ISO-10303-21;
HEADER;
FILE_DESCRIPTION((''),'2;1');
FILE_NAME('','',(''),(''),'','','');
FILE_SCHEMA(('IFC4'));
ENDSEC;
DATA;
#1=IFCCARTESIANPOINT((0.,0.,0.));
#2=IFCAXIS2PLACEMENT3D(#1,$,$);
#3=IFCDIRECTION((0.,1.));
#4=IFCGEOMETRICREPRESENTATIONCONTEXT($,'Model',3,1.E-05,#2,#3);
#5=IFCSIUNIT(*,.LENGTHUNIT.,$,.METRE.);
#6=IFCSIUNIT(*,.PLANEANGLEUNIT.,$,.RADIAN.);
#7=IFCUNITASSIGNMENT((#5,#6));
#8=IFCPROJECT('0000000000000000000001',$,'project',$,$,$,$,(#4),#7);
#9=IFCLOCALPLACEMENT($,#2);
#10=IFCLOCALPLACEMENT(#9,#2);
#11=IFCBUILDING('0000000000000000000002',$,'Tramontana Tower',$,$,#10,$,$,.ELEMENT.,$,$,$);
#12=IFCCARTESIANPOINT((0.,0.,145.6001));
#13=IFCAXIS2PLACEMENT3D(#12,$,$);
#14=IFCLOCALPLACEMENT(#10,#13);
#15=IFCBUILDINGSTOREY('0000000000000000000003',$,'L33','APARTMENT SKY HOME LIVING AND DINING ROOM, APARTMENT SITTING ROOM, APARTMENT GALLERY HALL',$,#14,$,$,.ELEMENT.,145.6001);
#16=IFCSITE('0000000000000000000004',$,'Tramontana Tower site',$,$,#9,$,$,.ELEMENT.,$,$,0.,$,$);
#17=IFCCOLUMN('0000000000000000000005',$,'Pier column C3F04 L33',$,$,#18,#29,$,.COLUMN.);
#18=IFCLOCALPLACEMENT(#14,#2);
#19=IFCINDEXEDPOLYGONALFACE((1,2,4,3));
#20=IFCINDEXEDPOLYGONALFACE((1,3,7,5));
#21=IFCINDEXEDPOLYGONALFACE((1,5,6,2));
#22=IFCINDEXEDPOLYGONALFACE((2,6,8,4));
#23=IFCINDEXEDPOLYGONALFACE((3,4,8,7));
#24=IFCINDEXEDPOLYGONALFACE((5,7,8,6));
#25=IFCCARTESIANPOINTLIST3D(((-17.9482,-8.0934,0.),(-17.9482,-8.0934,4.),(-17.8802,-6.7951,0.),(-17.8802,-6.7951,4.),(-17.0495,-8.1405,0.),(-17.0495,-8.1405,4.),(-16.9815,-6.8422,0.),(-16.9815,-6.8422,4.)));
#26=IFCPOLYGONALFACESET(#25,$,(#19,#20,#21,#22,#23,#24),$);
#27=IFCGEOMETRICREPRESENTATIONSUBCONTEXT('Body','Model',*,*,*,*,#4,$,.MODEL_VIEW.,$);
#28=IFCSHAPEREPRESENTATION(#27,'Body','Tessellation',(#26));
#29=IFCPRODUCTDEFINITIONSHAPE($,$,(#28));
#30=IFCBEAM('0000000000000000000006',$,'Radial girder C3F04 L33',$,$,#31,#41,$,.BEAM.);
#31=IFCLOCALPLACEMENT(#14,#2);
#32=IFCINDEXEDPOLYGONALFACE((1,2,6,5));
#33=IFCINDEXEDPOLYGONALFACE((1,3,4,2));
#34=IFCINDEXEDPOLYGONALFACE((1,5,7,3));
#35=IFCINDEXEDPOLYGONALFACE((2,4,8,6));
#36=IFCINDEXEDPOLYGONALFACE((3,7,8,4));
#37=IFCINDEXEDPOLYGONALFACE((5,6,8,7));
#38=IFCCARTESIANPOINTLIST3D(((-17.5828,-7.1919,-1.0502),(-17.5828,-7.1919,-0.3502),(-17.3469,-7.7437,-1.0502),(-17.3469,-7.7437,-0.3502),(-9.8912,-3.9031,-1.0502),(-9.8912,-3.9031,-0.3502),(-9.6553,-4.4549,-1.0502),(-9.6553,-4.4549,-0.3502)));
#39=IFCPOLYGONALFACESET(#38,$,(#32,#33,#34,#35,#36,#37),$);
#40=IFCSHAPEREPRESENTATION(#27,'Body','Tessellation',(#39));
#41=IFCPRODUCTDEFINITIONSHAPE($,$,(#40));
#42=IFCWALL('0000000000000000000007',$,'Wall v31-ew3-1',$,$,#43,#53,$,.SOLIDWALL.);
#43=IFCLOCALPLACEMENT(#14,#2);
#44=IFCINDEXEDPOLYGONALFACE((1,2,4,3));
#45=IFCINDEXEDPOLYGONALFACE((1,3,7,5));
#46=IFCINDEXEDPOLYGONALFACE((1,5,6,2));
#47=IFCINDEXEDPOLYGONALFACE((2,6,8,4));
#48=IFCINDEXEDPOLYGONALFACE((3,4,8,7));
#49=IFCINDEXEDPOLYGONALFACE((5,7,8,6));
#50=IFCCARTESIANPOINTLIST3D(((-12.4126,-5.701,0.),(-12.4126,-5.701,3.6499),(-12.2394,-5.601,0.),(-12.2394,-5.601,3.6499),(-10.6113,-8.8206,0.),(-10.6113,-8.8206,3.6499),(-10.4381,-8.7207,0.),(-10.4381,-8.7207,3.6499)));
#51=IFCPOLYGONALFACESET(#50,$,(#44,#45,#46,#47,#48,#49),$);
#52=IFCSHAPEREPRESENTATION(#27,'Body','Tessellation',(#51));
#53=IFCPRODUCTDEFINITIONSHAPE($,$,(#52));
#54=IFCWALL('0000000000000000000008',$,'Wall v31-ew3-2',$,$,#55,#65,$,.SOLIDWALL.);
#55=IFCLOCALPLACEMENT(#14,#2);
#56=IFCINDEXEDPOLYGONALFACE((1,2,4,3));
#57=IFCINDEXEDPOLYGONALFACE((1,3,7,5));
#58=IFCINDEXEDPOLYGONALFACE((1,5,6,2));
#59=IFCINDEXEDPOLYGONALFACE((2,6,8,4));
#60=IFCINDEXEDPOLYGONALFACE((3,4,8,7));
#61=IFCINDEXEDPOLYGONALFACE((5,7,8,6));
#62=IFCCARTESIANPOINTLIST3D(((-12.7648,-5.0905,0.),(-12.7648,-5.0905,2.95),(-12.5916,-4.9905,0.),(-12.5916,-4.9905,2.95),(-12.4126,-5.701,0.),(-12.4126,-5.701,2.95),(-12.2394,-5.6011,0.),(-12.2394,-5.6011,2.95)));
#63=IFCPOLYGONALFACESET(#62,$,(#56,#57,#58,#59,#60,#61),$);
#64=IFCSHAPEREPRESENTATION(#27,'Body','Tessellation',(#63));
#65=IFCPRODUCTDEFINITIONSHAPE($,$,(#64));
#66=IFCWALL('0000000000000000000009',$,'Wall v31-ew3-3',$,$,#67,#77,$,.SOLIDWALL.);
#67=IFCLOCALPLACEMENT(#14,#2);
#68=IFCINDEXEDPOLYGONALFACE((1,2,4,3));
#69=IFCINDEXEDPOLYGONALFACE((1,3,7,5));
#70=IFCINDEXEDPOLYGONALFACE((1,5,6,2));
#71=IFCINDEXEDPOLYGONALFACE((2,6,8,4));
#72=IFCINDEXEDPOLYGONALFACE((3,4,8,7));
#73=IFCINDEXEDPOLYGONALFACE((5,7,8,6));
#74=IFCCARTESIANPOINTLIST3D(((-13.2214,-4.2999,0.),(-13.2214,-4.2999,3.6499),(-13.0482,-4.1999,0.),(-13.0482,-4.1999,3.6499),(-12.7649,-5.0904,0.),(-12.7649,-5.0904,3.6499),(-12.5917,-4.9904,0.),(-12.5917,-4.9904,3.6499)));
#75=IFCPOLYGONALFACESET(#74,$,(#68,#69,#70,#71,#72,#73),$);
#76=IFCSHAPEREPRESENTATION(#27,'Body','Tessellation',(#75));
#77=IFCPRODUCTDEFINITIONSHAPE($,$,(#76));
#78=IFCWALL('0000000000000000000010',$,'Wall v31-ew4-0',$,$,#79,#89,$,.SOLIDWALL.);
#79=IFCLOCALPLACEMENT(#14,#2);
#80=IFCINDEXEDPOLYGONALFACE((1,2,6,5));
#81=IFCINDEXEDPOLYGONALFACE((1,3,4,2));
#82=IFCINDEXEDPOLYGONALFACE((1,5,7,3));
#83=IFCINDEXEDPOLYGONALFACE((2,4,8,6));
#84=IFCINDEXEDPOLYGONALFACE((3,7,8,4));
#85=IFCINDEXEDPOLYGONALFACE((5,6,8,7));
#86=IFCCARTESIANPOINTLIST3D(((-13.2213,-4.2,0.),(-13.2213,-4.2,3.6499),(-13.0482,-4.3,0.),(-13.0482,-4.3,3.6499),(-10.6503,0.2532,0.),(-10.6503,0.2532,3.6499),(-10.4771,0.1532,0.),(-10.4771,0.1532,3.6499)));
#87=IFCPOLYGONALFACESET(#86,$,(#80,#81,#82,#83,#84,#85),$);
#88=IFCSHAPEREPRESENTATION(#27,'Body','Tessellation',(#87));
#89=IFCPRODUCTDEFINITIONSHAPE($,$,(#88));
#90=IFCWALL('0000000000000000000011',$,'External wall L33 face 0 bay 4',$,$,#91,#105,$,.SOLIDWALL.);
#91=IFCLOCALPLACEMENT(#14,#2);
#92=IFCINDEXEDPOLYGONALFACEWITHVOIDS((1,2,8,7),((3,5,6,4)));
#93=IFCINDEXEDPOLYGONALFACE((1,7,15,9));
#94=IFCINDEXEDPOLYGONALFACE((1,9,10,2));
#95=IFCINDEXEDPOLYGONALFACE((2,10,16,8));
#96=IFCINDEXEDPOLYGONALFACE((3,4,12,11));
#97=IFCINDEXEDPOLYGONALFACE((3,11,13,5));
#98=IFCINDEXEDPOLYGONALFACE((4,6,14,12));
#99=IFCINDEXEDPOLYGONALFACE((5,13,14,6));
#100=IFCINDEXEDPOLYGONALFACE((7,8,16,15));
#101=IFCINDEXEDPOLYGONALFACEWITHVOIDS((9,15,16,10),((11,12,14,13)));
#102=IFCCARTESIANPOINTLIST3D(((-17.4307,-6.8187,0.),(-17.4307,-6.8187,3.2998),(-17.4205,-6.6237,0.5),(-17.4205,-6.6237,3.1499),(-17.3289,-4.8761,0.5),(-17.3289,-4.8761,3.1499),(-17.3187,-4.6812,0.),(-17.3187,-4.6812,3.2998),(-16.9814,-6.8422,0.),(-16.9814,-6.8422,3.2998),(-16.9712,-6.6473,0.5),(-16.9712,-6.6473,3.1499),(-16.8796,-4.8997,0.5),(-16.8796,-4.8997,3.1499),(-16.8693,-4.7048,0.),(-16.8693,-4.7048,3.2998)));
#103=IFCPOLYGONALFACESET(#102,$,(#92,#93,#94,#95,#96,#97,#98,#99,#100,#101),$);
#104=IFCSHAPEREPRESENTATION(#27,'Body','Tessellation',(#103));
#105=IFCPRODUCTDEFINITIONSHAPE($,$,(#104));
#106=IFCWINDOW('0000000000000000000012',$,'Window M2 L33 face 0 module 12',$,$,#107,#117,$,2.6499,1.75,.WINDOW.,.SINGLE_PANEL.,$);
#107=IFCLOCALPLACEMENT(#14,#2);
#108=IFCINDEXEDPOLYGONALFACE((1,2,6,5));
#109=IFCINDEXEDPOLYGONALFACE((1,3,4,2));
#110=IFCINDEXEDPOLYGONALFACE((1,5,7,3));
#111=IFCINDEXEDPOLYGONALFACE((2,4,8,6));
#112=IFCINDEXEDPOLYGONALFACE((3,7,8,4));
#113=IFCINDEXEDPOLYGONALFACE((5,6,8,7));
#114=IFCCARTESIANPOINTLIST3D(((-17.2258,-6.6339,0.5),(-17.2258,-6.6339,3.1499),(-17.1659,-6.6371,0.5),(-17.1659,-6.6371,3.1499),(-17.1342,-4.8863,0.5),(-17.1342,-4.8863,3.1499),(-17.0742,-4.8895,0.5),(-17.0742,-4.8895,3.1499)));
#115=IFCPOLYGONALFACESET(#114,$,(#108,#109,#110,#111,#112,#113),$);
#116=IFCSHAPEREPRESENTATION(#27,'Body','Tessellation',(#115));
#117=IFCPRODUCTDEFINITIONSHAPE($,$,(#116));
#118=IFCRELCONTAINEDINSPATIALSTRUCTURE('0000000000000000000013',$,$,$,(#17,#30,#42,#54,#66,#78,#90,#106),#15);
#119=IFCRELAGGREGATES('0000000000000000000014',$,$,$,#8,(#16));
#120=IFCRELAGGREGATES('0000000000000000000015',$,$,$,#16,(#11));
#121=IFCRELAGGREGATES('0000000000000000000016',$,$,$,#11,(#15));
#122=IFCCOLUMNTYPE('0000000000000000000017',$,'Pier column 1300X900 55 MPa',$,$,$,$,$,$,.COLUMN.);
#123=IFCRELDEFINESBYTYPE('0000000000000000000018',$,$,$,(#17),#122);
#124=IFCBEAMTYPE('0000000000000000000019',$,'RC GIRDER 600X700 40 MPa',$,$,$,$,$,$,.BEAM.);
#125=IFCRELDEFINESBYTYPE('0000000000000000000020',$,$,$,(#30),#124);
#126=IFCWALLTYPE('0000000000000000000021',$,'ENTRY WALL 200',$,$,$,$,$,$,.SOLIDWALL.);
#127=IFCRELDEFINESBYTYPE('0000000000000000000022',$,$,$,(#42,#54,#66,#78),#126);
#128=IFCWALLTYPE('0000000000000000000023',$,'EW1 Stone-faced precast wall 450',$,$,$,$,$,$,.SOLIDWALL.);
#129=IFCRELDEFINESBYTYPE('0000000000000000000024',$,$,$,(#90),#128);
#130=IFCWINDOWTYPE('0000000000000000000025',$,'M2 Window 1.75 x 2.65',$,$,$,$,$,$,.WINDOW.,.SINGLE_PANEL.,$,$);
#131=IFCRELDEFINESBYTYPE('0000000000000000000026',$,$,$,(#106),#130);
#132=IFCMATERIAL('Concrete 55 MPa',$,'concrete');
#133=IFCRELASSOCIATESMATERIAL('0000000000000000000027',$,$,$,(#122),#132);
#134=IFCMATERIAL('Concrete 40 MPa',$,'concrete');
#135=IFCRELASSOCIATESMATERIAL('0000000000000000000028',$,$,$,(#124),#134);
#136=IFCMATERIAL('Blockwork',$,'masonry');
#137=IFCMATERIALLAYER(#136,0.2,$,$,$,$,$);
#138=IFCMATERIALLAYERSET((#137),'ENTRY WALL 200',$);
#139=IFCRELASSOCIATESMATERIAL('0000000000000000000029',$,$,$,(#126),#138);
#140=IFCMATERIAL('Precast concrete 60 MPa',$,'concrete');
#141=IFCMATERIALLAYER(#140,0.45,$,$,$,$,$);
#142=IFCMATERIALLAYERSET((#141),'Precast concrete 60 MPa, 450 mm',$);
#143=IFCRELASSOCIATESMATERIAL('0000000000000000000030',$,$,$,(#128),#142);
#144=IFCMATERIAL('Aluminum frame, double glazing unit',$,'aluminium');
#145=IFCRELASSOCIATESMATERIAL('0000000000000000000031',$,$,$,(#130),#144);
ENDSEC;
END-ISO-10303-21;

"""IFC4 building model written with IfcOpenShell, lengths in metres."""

from ifc_helpers import new_model, si_unit, direction, frame, frame_2d, origin, origin_2d, place, context, subcontext, project, spatial, rectangle, extrude, material, layer, layer_set, material_profile, profile_set, type_object, element, fill, save


model = new_model("IFC4")

# Units and contexts
model_context = context("Model", 3, precision=1e-05, world=origin(), true_north=direction((0.0, 1.0)))
body_context = subcontext(model_context, "Body", "Model", "MODEL_VIEW")
ifc_project = project(units=[si_unit("LENGTHUNIT", "METRE"), si_unit("PLANEANGLEUNIT", "RADIAN")], contexts=[model_context])

# Site, building, storey
site_placement = place(None, origin())
site = spatial("IfcSite", under=ifc_project, at=site_placement, Name="Tramontana Tower site", CompositionType="ELEMENT", RefElevation=0.0)
building_placement = place(site_placement, origin())
building = spatial("IfcBuilding", under=site, at=building_placement, Name="Tramontana Tower", CompositionType="ELEMENT")
storey_placement = place(building_placement, frame((0.0, 0.0, 145.6001)))
storey = spatial("IfcBuildingStorey", under=building, at=storey_placement, Name="L33", Description="APARTMENT SKY HOME LIVING AND DINING ROOM, APARTMENT SITTING ROOM, APARTMENT GALLERY HALL", CompositionType="ELEMENT", Elevation=145.6001)

# Column
ifc_material_1 = material(Name="Concrete 55 MPa", Category="concrete")
ifc_material_profile_1 = material_profile(ifc_material_1, rectangle(XDim=1.3, YDim=0.8999, at=origin_2d()), Name="Pier column 1300X900 55 MPa")
ifc_profile_set_1 = profile_set([ifc_material_profile_1], Name="Concrete 55 MPa")
column_type = type_object("IfcColumnType", Name="Pier column 1300X900 55 MPa", PredefinedType="COLUMN", material=ifc_profile_set_1)
column_placement = place(storey_placement, frame((-17.4648, -7.4678, 0.0), z_axis=(0.0, 0.0, 1.0), x_axis=(-0.052336, -0.99863, 0.0)))
element("IfcColumn", 1, at=column_placement, inside=storey, type_object=column_type, Name="Pier column C3F04 L33", PredefinedType="COLUMN", context=body_context, shape_type="SweptSolid", body=[
    extrude(rectangle(XDim=1.3, YDim=0.8999, at=origin_2d()), origin(), (0.0, 0.0, 1.0), 4.0),
])

# Beam
ifc_material_2 = material(Name="Concrete 40 MPa", Category="concrete")
ifc_material_profile_2 = material_profile(ifc_material_2, rectangle(XDim=0.6001, YDim=0.7, at=origin_2d()), Name="RC GIRDER 600X700 40 MPa")
ifc_profile_set_2 = profile_set([ifc_material_profile_2], Name="Concrete 40 MPa")
beam_type = type_object("IfcBeamType", Name="RC GIRDER 600X700 40 MPa", PredefinedType="BEAM", material=ifc_profile_set_2)
beam_placement = place(storey_placement, frame((-17.4648, -7.4678, -0.7002), z_axis=(0.919474, 0.393151, 0.0), x_axis=(-0.393151, 0.919474, 0.0)))
element("IfcBeam", 2, at=beam_placement, inside=storey, type_object=beam_type, Name="Radial girder C3F04 L33", PredefinedType="BEAM", context=body_context, shape_type="SweptSolid", body=[
    extrude(rectangle(XDim=0.6001, YDim=0.7, at=origin_2d()), origin(), (0.0, 0.0, 1.0), 8.3652),
])

# Walls
ifc_material_3 = material(Name="Blockwork", Category="masonry")
ifc_layer_1 = layer(ifc_material_3, 0.2)
ifc_layer_set_1 = layer_set([ifc_layer_1], Name="ENTRY WALL 200")
wall_type_1 = type_object("IfcWallType", Name="ENTRY WALL 200", PredefinedType="SOLIDWALL", material=ifc_layer_set_1)
wall_1_placement = place(storey_placement, frame((-10.5247, -8.7708, 0.0), z_axis=(0.0, 0.0, 1.0), x_axis=(-0.500031, 0.866007, 0.0)))
element("IfcWall", 3, at=wall_1_placement, inside=storey, type_object=wall_type_1, Name="Wall v31-ew3-1", PredefinedType="SOLIDWALL", context=body_context, shape_type="SweptSolid", body=[
    extrude(rectangle(XDim=3.6023, YDim=0.2, at=frame_2d((1.8013, 0.0))), origin(), (0.0, 0.0, 1.0), 3.6499),
])
wall_2_placement = place(storey_placement, frame((-12.3259, -5.6511, 0.0), z_axis=(0.0, 0.0, 1.0), x_axis=(-0.499752, 0.866168, 0.0)))
element("IfcWall", 4, at=wall_2_placement, inside=storey, type_object=wall_type_1, Name="Wall v31-ew3-2", PredefinedType="SOLIDWALL", context=body_context, shape_type="SweptSolid", body=[
    extrude(rectangle(XDim=0.7048, YDim=0.2, at=frame_2d((0.3525, 0.0))), origin(), (0.0, 0.0, 1.0), 2.95),
])
wall_3_placement = place(storey_placement, frame((-12.6782, -5.0405, 0.0), z_axis=(0.0, 0.0, 1.0), x_axis=(-0.500108, 0.865963, 0.0)))
element("IfcWall", 5, at=wall_3_placement, inside=storey, type_object=wall_type_1, Name="Wall v31-ew3-3", PredefinedType="SOLIDWALL", context=body_context, shape_type="SweptSolid", body=[
    extrude(rectangle(XDim=0.9128, YDim=0.2, at=frame_2d((0.4565, 0.0))), origin(), (0.0, 0.0, 1.0), 3.6499),
])
wall_4_placement = place(storey_placement, frame((-13.1348, -4.25, 0.0), z_axis=(0.0, 0.0, 1.0), x_axis=(0.500005, 0.866023, 0.0)))
element("IfcWall", 6, at=wall_4_placement, inside=storey, type_object=wall_type_1, Name="Wall v31-ew4-0", PredefinedType="SOLIDWALL", context=body_context, shape_type="SweptSolid", body=[
    extrude(rectangle(XDim=5.1421, YDim=0.2, at=frame_2d((2.571, 0.0))), origin(), (0.0, 0.0, 1.0), 3.6499),
])

# Wall, opening, window
ifc_material_4 = material(Name="Precast concrete 60 MPa", Category="concrete")
ifc_layer_2 = layer(ifc_material_4, 0.45)
ifc_layer_set_2 = layer_set([ifc_layer_2], Name="Precast concrete 60 MPa, 450 mm")
wall_type_2 = type_object("IfcWallType", Name="EW1 Stone-faced precast wall 450", PredefinedType="SOLIDWALL", material=ifc_layer_set_2)
wall_5_placement = place(storey_placement, frame((-17.094, -4.6929, 0.0), z_axis=(0.0, 0.0, 1.0), x_axis=(-0.052355, -0.998629, 0.0)))
wall_5 = element("IfcWall", 7, at=wall_5_placement, inside=storey, type_object=wall_type_2, Name="External wall L33 face 0 bay 4", PredefinedType="SOLIDWALL", context=body_context, shape_type="SweptSolid", body=[
    extrude(rectangle(XDim=2.1404, YDim=0.45, at=frame_2d((1.0703, 0.0))), origin(), (0.0, 0.0, 1.0), 3.2998),
])
opening_1_placement = place(wall_5_placement, frame((0.1953, 0.0, 0.5)))
opening_1 = element("IfcOpeningElement", 8, at=opening_1_placement, cuts=wall_5, PredefinedType="OPENING", context=body_context, shape_type="SweptSolid", body=[
    extrude(rectangle(XDim=1.75, YDim=2.6499, at=frame_2d((0.875, 1.325))), frame((0.0, 0.2349, 0.0), z_axis=(0.0, -1.0, 0.0), x_axis=(1.0, 0.0, 0.0)), (0.0, 0.0, 1.0), 0.47),
])
ifc_material_5 = material(Name="Aluminum frame, double glazing unit", Category="aluminium")
window_type_1 = type_object("IfcWindowType", Name="M2 Window 1.75 x 2.65", PartitioningType="SINGLE_PANEL", PredefinedType="WINDOW", material=ifc_material_5)
window_1_placement = place(opening_1_placement, origin())
window_1 = element("IfcWindow", 9, at=window_1_placement, inside=storey, type_object=window_type_1, Name="Window M2 L33 face 0 module 12", OverallHeight=2.6499, OverallWidth=1.75, PartitioningType="SINGLE_PANEL", PredefinedType="WINDOW", context=body_context, shape_type="SweptSolid", body=[
    extrude(rectangle(XDim=1.75, YDim=2.6499, at=frame_2d((0.875, 1.325))), frame((0.0, 0.03, 0.0), z_axis=(0.0, -1.0, 0.0), x_axis=(1.0, 0.0, 0.0)), (0.0, 0.0, 1.0), 0.0601),
])
fill(opening_1, window_1)

save(model, "model.ifc")
